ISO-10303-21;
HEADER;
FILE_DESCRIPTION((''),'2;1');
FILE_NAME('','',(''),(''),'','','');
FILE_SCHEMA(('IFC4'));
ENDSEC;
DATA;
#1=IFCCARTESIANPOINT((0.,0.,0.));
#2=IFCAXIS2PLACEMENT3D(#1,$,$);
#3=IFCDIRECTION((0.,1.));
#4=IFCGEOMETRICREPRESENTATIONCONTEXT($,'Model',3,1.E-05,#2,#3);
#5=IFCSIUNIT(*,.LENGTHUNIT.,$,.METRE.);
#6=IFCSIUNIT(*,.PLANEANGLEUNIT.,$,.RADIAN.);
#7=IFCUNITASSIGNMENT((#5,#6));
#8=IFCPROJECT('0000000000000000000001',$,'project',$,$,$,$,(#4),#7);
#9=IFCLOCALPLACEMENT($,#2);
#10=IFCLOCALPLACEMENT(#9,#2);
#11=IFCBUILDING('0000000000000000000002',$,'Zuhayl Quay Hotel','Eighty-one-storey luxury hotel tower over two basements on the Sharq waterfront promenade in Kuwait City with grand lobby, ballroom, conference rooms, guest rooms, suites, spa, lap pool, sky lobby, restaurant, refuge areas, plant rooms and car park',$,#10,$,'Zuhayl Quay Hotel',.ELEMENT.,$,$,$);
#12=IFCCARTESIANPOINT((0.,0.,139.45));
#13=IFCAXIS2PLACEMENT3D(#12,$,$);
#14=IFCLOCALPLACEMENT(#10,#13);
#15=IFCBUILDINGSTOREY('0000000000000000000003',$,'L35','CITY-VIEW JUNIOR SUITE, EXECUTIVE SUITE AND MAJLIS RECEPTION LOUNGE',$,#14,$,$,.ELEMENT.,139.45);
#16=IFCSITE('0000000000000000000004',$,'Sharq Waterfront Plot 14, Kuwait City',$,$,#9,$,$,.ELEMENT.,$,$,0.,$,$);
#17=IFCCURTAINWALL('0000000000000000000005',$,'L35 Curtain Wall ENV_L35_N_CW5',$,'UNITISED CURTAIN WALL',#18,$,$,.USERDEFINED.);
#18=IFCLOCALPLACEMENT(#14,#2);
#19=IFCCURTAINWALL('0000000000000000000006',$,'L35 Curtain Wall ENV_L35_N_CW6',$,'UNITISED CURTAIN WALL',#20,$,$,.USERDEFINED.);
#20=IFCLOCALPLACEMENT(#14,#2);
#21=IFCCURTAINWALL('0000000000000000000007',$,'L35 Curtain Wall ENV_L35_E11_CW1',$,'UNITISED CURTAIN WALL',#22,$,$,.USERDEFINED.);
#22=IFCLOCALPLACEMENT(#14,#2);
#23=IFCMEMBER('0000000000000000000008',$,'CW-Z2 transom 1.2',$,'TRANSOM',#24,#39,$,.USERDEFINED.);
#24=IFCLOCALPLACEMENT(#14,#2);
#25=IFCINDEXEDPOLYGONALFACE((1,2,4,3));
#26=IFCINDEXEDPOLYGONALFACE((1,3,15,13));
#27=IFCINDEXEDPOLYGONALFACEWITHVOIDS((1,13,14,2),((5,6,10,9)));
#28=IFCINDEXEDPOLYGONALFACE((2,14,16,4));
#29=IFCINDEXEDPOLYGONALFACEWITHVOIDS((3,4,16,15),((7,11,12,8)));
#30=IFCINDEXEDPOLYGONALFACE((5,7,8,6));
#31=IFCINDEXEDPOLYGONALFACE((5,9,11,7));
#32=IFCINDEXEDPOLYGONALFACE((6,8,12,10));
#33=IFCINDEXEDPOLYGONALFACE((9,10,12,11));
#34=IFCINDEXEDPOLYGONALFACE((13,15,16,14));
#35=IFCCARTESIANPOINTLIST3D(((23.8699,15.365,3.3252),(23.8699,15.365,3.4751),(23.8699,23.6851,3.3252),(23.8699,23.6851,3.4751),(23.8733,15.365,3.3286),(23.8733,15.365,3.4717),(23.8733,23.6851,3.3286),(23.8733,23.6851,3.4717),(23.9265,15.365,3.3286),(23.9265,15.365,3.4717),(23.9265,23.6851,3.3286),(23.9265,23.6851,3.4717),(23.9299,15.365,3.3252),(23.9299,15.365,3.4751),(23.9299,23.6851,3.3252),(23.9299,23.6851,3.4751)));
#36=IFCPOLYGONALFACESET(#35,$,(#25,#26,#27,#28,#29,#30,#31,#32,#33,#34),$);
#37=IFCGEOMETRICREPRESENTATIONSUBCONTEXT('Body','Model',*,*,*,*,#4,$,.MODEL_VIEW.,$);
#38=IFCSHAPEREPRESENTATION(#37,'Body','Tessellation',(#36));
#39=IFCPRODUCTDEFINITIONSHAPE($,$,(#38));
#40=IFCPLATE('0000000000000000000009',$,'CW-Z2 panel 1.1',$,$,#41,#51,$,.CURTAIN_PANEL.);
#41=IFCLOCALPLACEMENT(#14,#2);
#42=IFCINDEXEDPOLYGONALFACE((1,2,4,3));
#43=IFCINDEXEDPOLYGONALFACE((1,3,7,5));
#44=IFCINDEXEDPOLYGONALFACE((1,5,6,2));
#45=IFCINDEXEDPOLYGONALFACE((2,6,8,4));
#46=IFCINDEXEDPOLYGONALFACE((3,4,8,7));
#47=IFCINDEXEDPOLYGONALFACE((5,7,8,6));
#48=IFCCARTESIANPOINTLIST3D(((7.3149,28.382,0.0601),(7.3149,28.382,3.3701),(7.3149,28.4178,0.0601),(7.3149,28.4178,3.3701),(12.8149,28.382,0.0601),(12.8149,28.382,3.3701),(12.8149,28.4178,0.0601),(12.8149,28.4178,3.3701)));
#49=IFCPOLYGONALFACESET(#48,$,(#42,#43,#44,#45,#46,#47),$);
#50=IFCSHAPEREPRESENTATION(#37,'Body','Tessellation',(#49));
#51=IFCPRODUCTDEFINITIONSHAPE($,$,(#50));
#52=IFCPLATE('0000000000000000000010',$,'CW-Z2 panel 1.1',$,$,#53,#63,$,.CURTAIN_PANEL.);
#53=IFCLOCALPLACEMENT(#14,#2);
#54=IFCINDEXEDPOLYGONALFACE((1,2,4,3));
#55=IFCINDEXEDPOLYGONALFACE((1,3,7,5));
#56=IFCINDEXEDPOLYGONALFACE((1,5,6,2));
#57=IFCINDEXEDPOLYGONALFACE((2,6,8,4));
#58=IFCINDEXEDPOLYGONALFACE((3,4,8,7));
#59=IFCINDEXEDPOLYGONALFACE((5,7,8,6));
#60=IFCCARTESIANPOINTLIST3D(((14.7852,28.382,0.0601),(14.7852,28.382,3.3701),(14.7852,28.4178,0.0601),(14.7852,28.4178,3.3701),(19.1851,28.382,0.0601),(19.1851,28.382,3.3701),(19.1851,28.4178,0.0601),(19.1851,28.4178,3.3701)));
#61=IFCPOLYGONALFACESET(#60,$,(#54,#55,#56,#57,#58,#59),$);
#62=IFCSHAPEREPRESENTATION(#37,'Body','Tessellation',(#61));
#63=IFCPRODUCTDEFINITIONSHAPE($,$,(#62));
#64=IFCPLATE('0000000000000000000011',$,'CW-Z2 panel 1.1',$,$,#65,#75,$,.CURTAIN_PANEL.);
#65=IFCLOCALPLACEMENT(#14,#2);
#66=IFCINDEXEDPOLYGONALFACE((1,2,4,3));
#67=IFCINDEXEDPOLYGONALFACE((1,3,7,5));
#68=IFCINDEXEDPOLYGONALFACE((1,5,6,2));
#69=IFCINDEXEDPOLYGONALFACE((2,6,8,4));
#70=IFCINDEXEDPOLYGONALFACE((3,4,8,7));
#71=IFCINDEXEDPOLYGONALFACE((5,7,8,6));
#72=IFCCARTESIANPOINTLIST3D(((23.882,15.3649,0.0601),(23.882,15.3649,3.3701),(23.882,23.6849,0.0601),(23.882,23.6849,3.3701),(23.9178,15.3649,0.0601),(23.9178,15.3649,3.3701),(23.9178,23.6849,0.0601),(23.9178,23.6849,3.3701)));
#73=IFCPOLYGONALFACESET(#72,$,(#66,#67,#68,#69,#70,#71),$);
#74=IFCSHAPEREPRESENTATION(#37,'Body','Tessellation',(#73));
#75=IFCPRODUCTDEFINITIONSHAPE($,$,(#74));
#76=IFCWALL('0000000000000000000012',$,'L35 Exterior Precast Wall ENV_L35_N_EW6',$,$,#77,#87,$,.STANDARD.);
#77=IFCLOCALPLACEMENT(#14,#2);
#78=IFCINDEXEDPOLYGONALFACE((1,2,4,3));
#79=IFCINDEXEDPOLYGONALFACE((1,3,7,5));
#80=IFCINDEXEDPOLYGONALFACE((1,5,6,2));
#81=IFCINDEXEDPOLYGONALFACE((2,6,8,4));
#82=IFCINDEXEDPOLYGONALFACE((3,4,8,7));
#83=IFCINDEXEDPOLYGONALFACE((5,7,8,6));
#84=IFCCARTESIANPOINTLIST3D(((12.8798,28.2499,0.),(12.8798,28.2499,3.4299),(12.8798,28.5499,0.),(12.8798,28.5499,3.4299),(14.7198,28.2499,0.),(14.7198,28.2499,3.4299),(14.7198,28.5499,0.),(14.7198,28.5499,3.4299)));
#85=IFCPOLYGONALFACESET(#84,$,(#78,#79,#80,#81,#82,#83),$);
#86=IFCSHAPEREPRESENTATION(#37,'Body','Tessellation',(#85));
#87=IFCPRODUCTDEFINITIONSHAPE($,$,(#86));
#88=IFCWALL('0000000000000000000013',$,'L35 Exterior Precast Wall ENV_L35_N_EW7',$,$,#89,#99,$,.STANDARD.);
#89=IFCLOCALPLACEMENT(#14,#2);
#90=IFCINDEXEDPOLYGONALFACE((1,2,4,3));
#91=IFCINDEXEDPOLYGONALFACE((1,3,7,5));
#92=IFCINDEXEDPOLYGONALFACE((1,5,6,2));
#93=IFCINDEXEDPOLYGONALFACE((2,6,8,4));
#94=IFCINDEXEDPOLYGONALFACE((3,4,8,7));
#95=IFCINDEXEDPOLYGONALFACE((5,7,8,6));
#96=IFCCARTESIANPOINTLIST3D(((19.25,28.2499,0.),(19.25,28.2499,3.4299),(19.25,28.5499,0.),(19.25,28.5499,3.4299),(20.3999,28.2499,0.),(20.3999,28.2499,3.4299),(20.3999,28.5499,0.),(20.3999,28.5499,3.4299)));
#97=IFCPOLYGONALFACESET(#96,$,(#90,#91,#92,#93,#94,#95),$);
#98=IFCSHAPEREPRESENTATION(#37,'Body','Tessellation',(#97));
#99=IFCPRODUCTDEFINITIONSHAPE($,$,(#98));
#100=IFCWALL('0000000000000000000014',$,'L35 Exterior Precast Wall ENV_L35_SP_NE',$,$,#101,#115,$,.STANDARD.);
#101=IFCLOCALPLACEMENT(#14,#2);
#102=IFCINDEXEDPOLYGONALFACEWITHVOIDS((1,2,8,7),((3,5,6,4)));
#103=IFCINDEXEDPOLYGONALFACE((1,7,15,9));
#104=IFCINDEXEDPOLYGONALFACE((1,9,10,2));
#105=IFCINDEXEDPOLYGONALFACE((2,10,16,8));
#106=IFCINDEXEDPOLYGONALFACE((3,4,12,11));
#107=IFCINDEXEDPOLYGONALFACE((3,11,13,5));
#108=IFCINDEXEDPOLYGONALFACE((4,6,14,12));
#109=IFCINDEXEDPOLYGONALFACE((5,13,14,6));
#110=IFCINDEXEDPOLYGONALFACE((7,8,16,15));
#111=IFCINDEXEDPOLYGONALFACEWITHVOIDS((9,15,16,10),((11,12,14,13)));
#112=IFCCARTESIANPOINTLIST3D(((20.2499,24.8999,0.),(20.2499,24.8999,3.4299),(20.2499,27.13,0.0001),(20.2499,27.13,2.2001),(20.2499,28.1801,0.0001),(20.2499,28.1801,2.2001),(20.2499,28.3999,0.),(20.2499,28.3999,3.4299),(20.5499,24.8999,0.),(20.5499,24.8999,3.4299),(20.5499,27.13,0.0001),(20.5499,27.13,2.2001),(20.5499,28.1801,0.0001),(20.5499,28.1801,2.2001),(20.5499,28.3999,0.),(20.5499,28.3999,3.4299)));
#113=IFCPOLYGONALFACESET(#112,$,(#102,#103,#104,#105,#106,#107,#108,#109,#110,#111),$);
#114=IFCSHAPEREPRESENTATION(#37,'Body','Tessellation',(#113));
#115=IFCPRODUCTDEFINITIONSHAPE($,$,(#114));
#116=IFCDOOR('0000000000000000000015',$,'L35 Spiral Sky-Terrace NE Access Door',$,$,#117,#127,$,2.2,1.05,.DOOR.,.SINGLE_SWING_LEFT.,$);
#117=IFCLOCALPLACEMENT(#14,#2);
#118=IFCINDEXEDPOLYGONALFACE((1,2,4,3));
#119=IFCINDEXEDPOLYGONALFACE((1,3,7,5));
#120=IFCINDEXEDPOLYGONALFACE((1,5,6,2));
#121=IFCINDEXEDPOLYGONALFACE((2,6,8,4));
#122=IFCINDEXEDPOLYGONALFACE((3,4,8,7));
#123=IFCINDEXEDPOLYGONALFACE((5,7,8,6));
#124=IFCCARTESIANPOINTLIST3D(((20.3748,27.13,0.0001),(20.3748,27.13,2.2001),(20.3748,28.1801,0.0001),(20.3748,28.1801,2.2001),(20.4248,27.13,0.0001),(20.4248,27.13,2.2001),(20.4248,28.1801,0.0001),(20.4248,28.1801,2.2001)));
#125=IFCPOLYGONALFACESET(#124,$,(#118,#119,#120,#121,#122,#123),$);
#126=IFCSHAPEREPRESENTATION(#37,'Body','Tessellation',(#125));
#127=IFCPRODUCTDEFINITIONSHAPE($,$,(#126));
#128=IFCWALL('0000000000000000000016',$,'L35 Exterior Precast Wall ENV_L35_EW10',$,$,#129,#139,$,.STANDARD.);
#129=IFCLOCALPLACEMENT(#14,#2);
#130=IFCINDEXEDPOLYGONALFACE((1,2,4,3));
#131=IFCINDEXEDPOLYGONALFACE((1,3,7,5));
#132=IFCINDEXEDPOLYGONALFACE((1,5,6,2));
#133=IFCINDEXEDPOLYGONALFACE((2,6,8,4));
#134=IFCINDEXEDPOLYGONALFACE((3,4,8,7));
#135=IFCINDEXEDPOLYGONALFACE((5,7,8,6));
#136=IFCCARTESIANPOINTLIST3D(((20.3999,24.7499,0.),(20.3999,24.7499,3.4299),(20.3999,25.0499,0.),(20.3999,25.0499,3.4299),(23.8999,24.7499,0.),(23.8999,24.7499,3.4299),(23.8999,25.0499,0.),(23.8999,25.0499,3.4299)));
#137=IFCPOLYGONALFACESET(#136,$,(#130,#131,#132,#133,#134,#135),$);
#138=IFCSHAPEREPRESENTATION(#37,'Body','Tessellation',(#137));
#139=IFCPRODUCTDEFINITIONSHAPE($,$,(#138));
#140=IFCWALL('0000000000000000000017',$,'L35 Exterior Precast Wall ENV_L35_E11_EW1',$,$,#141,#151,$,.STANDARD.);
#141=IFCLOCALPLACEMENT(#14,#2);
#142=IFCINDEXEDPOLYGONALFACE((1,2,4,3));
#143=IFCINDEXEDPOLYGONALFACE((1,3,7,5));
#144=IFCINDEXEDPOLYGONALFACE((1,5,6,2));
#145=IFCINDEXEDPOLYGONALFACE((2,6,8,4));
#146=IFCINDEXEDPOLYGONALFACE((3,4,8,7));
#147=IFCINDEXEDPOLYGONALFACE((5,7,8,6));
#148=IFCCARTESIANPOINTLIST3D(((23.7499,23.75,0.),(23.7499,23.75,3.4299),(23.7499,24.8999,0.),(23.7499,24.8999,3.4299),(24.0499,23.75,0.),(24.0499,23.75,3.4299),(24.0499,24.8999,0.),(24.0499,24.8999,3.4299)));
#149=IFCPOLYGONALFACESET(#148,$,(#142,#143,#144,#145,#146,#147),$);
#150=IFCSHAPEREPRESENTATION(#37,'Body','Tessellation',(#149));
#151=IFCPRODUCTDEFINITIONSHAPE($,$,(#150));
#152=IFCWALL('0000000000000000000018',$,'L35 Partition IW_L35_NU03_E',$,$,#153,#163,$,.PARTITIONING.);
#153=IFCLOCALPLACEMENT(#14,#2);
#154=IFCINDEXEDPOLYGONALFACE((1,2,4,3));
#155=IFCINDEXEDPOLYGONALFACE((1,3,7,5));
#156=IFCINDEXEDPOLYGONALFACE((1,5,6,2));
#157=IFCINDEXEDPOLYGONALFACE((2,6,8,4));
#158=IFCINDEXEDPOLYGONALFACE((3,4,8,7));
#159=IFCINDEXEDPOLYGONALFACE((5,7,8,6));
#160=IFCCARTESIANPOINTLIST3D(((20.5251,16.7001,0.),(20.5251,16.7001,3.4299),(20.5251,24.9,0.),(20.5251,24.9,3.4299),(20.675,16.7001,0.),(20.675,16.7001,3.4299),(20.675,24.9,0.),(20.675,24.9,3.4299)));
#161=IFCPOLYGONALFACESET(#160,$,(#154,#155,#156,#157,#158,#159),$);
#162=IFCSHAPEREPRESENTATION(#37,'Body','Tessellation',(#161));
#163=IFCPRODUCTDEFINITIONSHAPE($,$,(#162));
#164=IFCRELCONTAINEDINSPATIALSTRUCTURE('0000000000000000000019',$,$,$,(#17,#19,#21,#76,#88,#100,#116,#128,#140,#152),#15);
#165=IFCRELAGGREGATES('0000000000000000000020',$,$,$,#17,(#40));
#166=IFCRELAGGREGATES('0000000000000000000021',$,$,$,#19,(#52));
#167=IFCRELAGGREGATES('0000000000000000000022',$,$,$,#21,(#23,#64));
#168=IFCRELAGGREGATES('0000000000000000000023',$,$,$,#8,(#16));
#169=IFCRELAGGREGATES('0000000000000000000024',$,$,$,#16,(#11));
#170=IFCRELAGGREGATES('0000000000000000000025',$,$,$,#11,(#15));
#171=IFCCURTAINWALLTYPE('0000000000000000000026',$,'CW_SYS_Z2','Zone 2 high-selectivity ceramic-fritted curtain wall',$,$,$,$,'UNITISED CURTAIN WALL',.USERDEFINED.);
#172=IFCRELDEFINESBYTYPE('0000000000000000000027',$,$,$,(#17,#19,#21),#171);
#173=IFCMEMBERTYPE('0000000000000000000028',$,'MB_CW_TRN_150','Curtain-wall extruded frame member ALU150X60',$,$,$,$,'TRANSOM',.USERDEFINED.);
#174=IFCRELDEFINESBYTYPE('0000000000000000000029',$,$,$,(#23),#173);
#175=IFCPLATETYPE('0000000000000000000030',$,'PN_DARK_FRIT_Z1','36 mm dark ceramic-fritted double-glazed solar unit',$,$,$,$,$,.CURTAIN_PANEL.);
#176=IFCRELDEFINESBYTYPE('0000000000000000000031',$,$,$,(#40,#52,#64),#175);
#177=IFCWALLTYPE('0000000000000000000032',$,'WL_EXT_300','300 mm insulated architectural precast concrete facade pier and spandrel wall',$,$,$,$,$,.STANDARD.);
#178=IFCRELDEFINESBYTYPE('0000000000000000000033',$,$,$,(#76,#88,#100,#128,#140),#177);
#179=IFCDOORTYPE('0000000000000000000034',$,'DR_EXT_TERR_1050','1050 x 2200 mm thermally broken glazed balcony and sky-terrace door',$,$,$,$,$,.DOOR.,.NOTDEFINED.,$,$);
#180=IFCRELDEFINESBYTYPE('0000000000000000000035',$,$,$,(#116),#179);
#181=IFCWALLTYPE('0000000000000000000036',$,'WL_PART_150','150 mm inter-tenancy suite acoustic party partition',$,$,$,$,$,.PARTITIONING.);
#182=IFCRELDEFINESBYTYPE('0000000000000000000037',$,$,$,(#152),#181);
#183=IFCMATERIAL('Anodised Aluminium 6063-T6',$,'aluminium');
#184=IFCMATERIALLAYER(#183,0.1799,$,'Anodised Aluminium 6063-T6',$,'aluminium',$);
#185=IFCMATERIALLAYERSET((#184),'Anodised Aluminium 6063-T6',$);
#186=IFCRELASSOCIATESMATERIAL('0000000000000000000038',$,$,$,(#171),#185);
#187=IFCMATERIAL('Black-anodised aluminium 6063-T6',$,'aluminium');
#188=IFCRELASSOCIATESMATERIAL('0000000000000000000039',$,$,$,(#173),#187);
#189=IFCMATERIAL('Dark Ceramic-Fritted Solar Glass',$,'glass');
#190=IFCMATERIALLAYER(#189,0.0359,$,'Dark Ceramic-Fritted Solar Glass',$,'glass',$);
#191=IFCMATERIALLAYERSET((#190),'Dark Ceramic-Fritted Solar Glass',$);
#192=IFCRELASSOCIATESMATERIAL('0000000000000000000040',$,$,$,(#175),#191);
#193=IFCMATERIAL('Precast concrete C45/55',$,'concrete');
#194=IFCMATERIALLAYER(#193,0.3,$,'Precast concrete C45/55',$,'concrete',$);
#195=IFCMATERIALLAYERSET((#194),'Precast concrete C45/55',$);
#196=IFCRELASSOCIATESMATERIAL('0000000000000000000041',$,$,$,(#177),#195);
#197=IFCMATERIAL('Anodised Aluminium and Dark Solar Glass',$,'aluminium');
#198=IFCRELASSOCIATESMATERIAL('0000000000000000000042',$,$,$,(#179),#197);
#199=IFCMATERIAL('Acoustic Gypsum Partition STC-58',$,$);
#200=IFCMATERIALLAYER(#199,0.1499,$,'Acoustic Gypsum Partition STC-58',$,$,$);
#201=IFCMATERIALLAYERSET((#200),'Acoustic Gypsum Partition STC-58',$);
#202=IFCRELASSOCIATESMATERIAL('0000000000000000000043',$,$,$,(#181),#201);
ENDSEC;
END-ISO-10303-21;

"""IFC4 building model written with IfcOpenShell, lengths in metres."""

from ifc_helpers import new_model, si_unit, direction, frame, frame_2d, origin, origin_2d, place, context, subcontext, project, spatial, rectangle, hollow_rectangle, extrude, material, layer, layer_set, material_profile, profile_set, type_object, element, fill, aggregate, save


model = new_model("IFC4")

# Units and contexts
model_context = context("Model", 3, precision=1e-05, world=origin(), true_north=direction((0.0, 1.0)))
body_context = subcontext(model_context, "Body", "Model", "MODEL_VIEW")
ifc_project = project(units=[si_unit("LENGTHUNIT", "METRE"), si_unit("PLANEANGLEUNIT", "RADIAN")], contexts=[model_context])

# Site, building, storey
site_placement = place(None, origin())
site = spatial("IfcSite", under=ifc_project, at=site_placement, Name="Sharq Waterfront Plot 14, Kuwait City", CompositionType="ELEMENT", RefElevation=0.0)
building_placement = place(site_placement, origin())
building = spatial("IfcBuilding", under=site, at=building_placement, Name="Zuhayl Quay Hotel", Description="Eighty-one-storey luxury hotel tower over two basements on the Sharq waterfront promenade in Kuwait City with grand lobby, ballroom, conference rooms, guest rooms, suites, spa, lap pool, sky lobby, restaurant, refuge areas, plant rooms and car park", LongName="Zuhayl Quay Hotel", CompositionType="ELEMENT")
storey_placement = place(building_placement, frame((0.0, 0.0, 139.45)))
storey = spatial("IfcBuildingStorey", under=building, at=storey_placement, Name="L35", Description="CITY-VIEW JUNIOR SUITE, EXECUTIVE SUITE AND MAJLIS RECEPTION LOUNGE", CompositionType="ELEMENT", Elevation=139.45)

# Curtain wall
ifc_material_1 = material(Name="Anodised Aluminium 6063-T6", Category="aluminium")
ifc_layer_1 = layer(ifc_material_1, 0.1799, Name="Anodised Aluminium 6063-T6", Category="aluminium")
ifc_layer_set_1 = layer_set([ifc_layer_1], Name="Anodised Aluminium 6063-T6")
curtain_wall_type = type_object("IfcCurtainWallType", Name="CW_SYS_Z2", Description="Zone 2 high-selectivity ceramic-fritted curtain wall", ElementType="UNITISED CURTAIN WALL", PredefinedType="USERDEFINED", material=ifc_layer_set_1)
curtain_wall_1_placement = place(storey_placement, origin())
curtain_wall_1 = element("IfcCurtainWall", 1, at=curtain_wall_1_placement, inside=storey, type_object=curtain_wall_type, Name="L35 Curtain Wall ENV_L35_N_CW5", ObjectType="UNITISED CURTAIN WALL", PredefinedType="USERDEFINED")
ifc_material_2 = material(Name="Black-anodised aluminium 6063-T6", Category="aluminium")

# Curtain walls
curtain_wall_2_placement = place(storey_placement, origin())
curtain_wall_2 = element("IfcCurtainWall", 2, at=curtain_wall_2_placement, inside=storey, type_object=curtain_wall_type, Name="L35 Curtain Wall ENV_L35_N_CW6", ObjectType="UNITISED CURTAIN WALL", PredefinedType="USERDEFINED")
curtain_wall_3_placement = place(storey_placement, origin())
curtain_wall_3 = element("IfcCurtainWall", 3, at=curtain_wall_3_placement, inside=storey, type_object=curtain_wall_type, Name="L35 Curtain Wall ENV_L35_E11_CW1", ObjectType="UNITISED CURTAIN WALL", PredefinedType="USERDEFINED")

# Member
ifc_material_profile_1 = material_profile(ifc_material_2, hollow_rectangle(XDim=0.0601, YDim=0.1499, WallThickness=0.0034, at=origin_2d()), Name="ALU150X60")
ifc_profile_set_1 = profile_set([ifc_material_profile_1], Name="Black-anodised aluminium 6063-T6")
member_type_1 = type_object("IfcMemberType", Name="MB_CW_TRN_150", Description="Curtain-wall extruded frame member ALU150X60", ElementType="TRANSOM", PredefinedType="USERDEFINED", material=ifc_profile_set_1)
member_1_placement = place(storey_placement, frame((23.8999, 23.6851, 3.4001), z_axis=(0.0, -1.0, 0.0), x_axis=(1.0, 0.0, 0.0)))
member_1 = element("IfcMember", 4, at=member_1_placement, type_object=member_type_1, Name="CW-Z2 transom 1.2", ObjectType="TRANSOM", PredefinedType="USERDEFINED", context=body_context, shape_type="SweptSolid", body=[
    extrude(hollow_rectangle(XDim=0.0601, YDim=0.1499, WallThickness=0.0034, at=origin_2d()), origin(), (0.0, 0.0, 1.0), 8.3201),
])

# Plates
ifc_material_3 = material(Name="Dark Ceramic-Fritted Solar Glass", Category="glass")
ifc_layer_2 = layer(ifc_material_3, 0.0359, Name="Dark Ceramic-Fritted Solar Glass", Category="glass")
ifc_layer_set_2 = layer_set([ifc_layer_2], Name="Dark Ceramic-Fritted Solar Glass")
plate_type = type_object("IfcPlateType", Name="PN_DARK_FRIT_Z1", Description="36 mm dark ceramic-fritted double-glazed solar unit", PredefinedType="CURTAIN_PANEL", material=ifc_layer_set_2)
plate_1_placement = place(storey_placement, frame((10.0649, 28.3999, 0.0601), z_axis=(0.0, 0.0, 1.0), x_axis=(1.0, 0.0, 0.0)))
plate_1 = element("IfcPlate", 5, at=plate_1_placement, type_object=plate_type, Name="CW-Z2 panel 1.1", PredefinedType="CURTAIN_PANEL", context=body_context, shape_type="SweptSolid", body=[
    extrude(rectangle(XDim=5.5, YDim=0.0359, at=origin_2d()), origin(), (0.0, 0.0, 1.0), 3.3101),
])
aggregate(curtain_wall_1, [plate_1])
plate_2_placement = place(storey_placement, frame((16.9851, 28.3999, 0.0601), z_axis=(0.0, 0.0, 1.0), x_axis=(1.0, 0.0, 0.0)))
plate_2 = element("IfcPlate", 6, at=plate_2_placement, type_object=plate_type, Name="CW-Z2 panel 1.1", PredefinedType="CURTAIN_PANEL", context=body_context, shape_type="SweptSolid", body=[
    extrude(rectangle(XDim=4.3999, YDim=0.0359, at=origin_2d()), origin(), (0.0, 0.0, 1.0), 3.3101),
])
aggregate(curtain_wall_2, [plate_2])
plate_3_placement = place(storey_placement, frame((23.8999, 19.5249, 0.0601), z_axis=(0.0, 0.0, 1.0), x_axis=(0.0, -1.0, 0.0)))
plate_3 = element("IfcPlate", 7, at=plate_3_placement, type_object=plate_type, Name="CW-Z2 panel 1.1", PredefinedType="CURTAIN_PANEL", context=body_context, shape_type="SweptSolid", body=[
    extrude(rectangle(XDim=8.3201, YDim=0.0359, at=origin_2d()), origin(), (0.0, 0.0, 1.0), 3.3101),
])
aggregate(curtain_wall_3, [member_1, plate_3])

# Walls
ifc_material_4 = material(Name="Precast concrete C45/55", Category="concrete")
ifc_layer_3 = layer(ifc_material_4, 0.3, Name="Precast concrete C45/55", Category="concrete")
ifc_layer_set_3 = layer_set([ifc_layer_3], Name="Precast concrete C45/55")
wall_type_1 = type_object("IfcWallType", Name="WL_EXT_300", Description="300 mm insulated architectural precast concrete facade pier and spandrel wall", PredefinedType="STANDARD", material=ifc_layer_set_3)
wall_1_placement = place(storey_placement, frame((12.8799, 28.3999, 0.0), z_axis=(0.0, 0.0, 1.0), x_axis=(1.0, 0.0, 0.0)))
element("IfcWall", 8, at=wall_1_placement, inside=storey, type_object=wall_type_1, Name="L35 Exterior Precast Wall ENV_L35_N_EW6", PredefinedType="STANDARD", context=body_context, shape_type="SweptSolid", body=[
    extrude(rectangle(XDim=1.8401, YDim=0.3, at=frame_2d((0.9199, 0.0))), origin(), (0.0, 0.0, 1.0), 3.4299),
])
wall_2_placement = place(storey_placement, frame((19.25, 28.3999, 0.0), z_axis=(0.0, 0.0, 1.0), x_axis=(1.0, 0.0, 0.0)))
element("IfcWall", 9, at=wall_2_placement, inside=storey, type_object=wall_type_1, Name="L35 Exterior Precast Wall ENV_L35_N_EW7", PredefinedType="STANDARD", context=body_context, shape_type="SweptSolid", body=[
    extrude(rectangle(XDim=1.1499, YDim=0.3, at=frame_2d((0.575, 0.0))), origin(), (0.0, 0.0, 1.0), 3.4299),
])

# Wall, opening, door
wall_3_placement = place(storey_placement, frame((20.3999, 28.3999, 0.0), z_axis=(0.0, 0.0, 1.0), x_axis=(0.0, -1.0, 0.0)))
wall_3 = element("IfcWall", 10, at=wall_3_placement, inside=storey, type_object=wall_type_1, Name="L35 Exterior Precast Wall ENV_L35_SP_NE", PredefinedType="STANDARD", context=body_context, shape_type="SweptSolid", body=[
    extrude(rectangle(XDim=3.5, YDim=0.3, at=frame_2d((1.75, 0.0))), origin(), (0.0, 0.0, 1.0), 3.4299),
])
opening_placement = place(wall_3_placement, frame((0.22, 0.0, 0.0)))
opening = element("IfcOpeningElement", 11, at=opening_placement, cuts=wall_3, PredefinedType="OPENING", context=body_context, shape_type="SweptSolid", body=[
    extrude(rectangle(XDim=1.05, YDim=2.2, at=frame_2d((0.5249, 1.1001))), frame((0.0, 0.1599, 0.0), z_axis=(0.0, -1.0, 0.0), x_axis=(1.0, 0.0, 0.0)), (0.0, 0.0, 1.0), 0.3201),
])
ifc_material_5 = material(Name="Anodised Aluminium and Dark Solar Glass", Category="aluminium")
door_type = type_object("IfcDoorType", Name="DR_EXT_TERR_1050", Description="1050 x 2200 mm thermally broken glazed balcony and sky-terrace door", OperationType="NOTDEFINED", PredefinedType="DOOR", material=ifc_material_5)
door_placement = place(opening_placement, origin())
door = element("IfcDoor", 12, at=door_placement, inside=storey, type_object=door_type, Name="L35 Spiral Sky-Terrace NE Access Door", OperationType="SINGLE_SWING_LEFT", OverallHeight=2.2, OverallWidth=1.05, PredefinedType="DOOR", context=body_context, shape_type="SweptSolid", body=[
    extrude(rectangle(XDim=1.05, YDim=2.2, at=frame_2d((0.5249, 1.1001))), frame((0.0, 0.0249, 0.0), z_axis=(0.0, -1.0, 0.0), x_axis=(1.0, 0.0, 0.0)), (0.0, 0.0, 1.0), 0.05),
])
fill(opening, door)

# Walls
wall_4_placement = place(storey_placement, frame((20.3999, 24.8999, 0.0), z_axis=(0.0, 0.0, 1.0), x_axis=(1.0, 0.0, 0.0)))
element("IfcWall", 13, at=wall_4_placement, inside=storey, type_object=wall_type_1, Name="L35 Exterior Precast Wall ENV_L35_EW10", PredefinedType="STANDARD", context=body_context, shape_type="SweptSolid", body=[
    extrude(rectangle(XDim=3.5, YDim=0.3, at=frame_2d((1.75, 0.0))), origin(), (0.0, 0.0, 1.0), 3.4299),
])
wall_5_placement = place(storey_placement, frame((23.8999, 24.8999, 0.0), z_axis=(0.0, 0.0, 1.0), x_axis=(0.0, -1.0, 0.0)))
element("IfcWall", 14, at=wall_5_placement, inside=storey, type_object=wall_type_1, Name="L35 Exterior Precast Wall ENV_L35_E11_EW1", PredefinedType="STANDARD", context=body_context, shape_type="SweptSolid", body=[
    extrude(rectangle(XDim=1.1499, YDim=0.3, at=frame_2d((0.575, 0.0))), origin(), (0.0, 0.0, 1.0), 3.4299),
])
ifc_material_6 = material(Name="Acoustic Gypsum Partition STC-58")
ifc_layer_4 = layer(ifc_material_6, 0.1499, Name="Acoustic Gypsum Partition STC-58")
ifc_layer_set_4 = layer_set([ifc_layer_4], Name="Acoustic Gypsum Partition STC-58")
wall_type_2 = type_object("IfcWallType", Name="WL_PART_150", Description="150 mm inter-tenancy suite acoustic party partition", PredefinedType="PARTITIONING", material=ifc_layer_set_4)
wall_6_placement = place(storey_placement, frame((20.6001, 16.7, 0.0), z_axis=(0.0, 0.0, 1.0), x_axis=(0.0, 1.0, 0.0)))
element("IfcWall", 15, at=wall_6_placement, inside=storey, type_object=wall_type_2, Name="L35 Partition IW_L35_NU03_E", PredefinedType="PARTITIONING", context=body_context, shape_type="SweptSolid", body=[
    extrude(rectangle(XDim=8.2, YDim=0.1499, at=frame_2d((4.1001, 0.0))), origin(), (0.0, 0.0, 1.0), 3.4299),
])

save(model, "model.ifc")
